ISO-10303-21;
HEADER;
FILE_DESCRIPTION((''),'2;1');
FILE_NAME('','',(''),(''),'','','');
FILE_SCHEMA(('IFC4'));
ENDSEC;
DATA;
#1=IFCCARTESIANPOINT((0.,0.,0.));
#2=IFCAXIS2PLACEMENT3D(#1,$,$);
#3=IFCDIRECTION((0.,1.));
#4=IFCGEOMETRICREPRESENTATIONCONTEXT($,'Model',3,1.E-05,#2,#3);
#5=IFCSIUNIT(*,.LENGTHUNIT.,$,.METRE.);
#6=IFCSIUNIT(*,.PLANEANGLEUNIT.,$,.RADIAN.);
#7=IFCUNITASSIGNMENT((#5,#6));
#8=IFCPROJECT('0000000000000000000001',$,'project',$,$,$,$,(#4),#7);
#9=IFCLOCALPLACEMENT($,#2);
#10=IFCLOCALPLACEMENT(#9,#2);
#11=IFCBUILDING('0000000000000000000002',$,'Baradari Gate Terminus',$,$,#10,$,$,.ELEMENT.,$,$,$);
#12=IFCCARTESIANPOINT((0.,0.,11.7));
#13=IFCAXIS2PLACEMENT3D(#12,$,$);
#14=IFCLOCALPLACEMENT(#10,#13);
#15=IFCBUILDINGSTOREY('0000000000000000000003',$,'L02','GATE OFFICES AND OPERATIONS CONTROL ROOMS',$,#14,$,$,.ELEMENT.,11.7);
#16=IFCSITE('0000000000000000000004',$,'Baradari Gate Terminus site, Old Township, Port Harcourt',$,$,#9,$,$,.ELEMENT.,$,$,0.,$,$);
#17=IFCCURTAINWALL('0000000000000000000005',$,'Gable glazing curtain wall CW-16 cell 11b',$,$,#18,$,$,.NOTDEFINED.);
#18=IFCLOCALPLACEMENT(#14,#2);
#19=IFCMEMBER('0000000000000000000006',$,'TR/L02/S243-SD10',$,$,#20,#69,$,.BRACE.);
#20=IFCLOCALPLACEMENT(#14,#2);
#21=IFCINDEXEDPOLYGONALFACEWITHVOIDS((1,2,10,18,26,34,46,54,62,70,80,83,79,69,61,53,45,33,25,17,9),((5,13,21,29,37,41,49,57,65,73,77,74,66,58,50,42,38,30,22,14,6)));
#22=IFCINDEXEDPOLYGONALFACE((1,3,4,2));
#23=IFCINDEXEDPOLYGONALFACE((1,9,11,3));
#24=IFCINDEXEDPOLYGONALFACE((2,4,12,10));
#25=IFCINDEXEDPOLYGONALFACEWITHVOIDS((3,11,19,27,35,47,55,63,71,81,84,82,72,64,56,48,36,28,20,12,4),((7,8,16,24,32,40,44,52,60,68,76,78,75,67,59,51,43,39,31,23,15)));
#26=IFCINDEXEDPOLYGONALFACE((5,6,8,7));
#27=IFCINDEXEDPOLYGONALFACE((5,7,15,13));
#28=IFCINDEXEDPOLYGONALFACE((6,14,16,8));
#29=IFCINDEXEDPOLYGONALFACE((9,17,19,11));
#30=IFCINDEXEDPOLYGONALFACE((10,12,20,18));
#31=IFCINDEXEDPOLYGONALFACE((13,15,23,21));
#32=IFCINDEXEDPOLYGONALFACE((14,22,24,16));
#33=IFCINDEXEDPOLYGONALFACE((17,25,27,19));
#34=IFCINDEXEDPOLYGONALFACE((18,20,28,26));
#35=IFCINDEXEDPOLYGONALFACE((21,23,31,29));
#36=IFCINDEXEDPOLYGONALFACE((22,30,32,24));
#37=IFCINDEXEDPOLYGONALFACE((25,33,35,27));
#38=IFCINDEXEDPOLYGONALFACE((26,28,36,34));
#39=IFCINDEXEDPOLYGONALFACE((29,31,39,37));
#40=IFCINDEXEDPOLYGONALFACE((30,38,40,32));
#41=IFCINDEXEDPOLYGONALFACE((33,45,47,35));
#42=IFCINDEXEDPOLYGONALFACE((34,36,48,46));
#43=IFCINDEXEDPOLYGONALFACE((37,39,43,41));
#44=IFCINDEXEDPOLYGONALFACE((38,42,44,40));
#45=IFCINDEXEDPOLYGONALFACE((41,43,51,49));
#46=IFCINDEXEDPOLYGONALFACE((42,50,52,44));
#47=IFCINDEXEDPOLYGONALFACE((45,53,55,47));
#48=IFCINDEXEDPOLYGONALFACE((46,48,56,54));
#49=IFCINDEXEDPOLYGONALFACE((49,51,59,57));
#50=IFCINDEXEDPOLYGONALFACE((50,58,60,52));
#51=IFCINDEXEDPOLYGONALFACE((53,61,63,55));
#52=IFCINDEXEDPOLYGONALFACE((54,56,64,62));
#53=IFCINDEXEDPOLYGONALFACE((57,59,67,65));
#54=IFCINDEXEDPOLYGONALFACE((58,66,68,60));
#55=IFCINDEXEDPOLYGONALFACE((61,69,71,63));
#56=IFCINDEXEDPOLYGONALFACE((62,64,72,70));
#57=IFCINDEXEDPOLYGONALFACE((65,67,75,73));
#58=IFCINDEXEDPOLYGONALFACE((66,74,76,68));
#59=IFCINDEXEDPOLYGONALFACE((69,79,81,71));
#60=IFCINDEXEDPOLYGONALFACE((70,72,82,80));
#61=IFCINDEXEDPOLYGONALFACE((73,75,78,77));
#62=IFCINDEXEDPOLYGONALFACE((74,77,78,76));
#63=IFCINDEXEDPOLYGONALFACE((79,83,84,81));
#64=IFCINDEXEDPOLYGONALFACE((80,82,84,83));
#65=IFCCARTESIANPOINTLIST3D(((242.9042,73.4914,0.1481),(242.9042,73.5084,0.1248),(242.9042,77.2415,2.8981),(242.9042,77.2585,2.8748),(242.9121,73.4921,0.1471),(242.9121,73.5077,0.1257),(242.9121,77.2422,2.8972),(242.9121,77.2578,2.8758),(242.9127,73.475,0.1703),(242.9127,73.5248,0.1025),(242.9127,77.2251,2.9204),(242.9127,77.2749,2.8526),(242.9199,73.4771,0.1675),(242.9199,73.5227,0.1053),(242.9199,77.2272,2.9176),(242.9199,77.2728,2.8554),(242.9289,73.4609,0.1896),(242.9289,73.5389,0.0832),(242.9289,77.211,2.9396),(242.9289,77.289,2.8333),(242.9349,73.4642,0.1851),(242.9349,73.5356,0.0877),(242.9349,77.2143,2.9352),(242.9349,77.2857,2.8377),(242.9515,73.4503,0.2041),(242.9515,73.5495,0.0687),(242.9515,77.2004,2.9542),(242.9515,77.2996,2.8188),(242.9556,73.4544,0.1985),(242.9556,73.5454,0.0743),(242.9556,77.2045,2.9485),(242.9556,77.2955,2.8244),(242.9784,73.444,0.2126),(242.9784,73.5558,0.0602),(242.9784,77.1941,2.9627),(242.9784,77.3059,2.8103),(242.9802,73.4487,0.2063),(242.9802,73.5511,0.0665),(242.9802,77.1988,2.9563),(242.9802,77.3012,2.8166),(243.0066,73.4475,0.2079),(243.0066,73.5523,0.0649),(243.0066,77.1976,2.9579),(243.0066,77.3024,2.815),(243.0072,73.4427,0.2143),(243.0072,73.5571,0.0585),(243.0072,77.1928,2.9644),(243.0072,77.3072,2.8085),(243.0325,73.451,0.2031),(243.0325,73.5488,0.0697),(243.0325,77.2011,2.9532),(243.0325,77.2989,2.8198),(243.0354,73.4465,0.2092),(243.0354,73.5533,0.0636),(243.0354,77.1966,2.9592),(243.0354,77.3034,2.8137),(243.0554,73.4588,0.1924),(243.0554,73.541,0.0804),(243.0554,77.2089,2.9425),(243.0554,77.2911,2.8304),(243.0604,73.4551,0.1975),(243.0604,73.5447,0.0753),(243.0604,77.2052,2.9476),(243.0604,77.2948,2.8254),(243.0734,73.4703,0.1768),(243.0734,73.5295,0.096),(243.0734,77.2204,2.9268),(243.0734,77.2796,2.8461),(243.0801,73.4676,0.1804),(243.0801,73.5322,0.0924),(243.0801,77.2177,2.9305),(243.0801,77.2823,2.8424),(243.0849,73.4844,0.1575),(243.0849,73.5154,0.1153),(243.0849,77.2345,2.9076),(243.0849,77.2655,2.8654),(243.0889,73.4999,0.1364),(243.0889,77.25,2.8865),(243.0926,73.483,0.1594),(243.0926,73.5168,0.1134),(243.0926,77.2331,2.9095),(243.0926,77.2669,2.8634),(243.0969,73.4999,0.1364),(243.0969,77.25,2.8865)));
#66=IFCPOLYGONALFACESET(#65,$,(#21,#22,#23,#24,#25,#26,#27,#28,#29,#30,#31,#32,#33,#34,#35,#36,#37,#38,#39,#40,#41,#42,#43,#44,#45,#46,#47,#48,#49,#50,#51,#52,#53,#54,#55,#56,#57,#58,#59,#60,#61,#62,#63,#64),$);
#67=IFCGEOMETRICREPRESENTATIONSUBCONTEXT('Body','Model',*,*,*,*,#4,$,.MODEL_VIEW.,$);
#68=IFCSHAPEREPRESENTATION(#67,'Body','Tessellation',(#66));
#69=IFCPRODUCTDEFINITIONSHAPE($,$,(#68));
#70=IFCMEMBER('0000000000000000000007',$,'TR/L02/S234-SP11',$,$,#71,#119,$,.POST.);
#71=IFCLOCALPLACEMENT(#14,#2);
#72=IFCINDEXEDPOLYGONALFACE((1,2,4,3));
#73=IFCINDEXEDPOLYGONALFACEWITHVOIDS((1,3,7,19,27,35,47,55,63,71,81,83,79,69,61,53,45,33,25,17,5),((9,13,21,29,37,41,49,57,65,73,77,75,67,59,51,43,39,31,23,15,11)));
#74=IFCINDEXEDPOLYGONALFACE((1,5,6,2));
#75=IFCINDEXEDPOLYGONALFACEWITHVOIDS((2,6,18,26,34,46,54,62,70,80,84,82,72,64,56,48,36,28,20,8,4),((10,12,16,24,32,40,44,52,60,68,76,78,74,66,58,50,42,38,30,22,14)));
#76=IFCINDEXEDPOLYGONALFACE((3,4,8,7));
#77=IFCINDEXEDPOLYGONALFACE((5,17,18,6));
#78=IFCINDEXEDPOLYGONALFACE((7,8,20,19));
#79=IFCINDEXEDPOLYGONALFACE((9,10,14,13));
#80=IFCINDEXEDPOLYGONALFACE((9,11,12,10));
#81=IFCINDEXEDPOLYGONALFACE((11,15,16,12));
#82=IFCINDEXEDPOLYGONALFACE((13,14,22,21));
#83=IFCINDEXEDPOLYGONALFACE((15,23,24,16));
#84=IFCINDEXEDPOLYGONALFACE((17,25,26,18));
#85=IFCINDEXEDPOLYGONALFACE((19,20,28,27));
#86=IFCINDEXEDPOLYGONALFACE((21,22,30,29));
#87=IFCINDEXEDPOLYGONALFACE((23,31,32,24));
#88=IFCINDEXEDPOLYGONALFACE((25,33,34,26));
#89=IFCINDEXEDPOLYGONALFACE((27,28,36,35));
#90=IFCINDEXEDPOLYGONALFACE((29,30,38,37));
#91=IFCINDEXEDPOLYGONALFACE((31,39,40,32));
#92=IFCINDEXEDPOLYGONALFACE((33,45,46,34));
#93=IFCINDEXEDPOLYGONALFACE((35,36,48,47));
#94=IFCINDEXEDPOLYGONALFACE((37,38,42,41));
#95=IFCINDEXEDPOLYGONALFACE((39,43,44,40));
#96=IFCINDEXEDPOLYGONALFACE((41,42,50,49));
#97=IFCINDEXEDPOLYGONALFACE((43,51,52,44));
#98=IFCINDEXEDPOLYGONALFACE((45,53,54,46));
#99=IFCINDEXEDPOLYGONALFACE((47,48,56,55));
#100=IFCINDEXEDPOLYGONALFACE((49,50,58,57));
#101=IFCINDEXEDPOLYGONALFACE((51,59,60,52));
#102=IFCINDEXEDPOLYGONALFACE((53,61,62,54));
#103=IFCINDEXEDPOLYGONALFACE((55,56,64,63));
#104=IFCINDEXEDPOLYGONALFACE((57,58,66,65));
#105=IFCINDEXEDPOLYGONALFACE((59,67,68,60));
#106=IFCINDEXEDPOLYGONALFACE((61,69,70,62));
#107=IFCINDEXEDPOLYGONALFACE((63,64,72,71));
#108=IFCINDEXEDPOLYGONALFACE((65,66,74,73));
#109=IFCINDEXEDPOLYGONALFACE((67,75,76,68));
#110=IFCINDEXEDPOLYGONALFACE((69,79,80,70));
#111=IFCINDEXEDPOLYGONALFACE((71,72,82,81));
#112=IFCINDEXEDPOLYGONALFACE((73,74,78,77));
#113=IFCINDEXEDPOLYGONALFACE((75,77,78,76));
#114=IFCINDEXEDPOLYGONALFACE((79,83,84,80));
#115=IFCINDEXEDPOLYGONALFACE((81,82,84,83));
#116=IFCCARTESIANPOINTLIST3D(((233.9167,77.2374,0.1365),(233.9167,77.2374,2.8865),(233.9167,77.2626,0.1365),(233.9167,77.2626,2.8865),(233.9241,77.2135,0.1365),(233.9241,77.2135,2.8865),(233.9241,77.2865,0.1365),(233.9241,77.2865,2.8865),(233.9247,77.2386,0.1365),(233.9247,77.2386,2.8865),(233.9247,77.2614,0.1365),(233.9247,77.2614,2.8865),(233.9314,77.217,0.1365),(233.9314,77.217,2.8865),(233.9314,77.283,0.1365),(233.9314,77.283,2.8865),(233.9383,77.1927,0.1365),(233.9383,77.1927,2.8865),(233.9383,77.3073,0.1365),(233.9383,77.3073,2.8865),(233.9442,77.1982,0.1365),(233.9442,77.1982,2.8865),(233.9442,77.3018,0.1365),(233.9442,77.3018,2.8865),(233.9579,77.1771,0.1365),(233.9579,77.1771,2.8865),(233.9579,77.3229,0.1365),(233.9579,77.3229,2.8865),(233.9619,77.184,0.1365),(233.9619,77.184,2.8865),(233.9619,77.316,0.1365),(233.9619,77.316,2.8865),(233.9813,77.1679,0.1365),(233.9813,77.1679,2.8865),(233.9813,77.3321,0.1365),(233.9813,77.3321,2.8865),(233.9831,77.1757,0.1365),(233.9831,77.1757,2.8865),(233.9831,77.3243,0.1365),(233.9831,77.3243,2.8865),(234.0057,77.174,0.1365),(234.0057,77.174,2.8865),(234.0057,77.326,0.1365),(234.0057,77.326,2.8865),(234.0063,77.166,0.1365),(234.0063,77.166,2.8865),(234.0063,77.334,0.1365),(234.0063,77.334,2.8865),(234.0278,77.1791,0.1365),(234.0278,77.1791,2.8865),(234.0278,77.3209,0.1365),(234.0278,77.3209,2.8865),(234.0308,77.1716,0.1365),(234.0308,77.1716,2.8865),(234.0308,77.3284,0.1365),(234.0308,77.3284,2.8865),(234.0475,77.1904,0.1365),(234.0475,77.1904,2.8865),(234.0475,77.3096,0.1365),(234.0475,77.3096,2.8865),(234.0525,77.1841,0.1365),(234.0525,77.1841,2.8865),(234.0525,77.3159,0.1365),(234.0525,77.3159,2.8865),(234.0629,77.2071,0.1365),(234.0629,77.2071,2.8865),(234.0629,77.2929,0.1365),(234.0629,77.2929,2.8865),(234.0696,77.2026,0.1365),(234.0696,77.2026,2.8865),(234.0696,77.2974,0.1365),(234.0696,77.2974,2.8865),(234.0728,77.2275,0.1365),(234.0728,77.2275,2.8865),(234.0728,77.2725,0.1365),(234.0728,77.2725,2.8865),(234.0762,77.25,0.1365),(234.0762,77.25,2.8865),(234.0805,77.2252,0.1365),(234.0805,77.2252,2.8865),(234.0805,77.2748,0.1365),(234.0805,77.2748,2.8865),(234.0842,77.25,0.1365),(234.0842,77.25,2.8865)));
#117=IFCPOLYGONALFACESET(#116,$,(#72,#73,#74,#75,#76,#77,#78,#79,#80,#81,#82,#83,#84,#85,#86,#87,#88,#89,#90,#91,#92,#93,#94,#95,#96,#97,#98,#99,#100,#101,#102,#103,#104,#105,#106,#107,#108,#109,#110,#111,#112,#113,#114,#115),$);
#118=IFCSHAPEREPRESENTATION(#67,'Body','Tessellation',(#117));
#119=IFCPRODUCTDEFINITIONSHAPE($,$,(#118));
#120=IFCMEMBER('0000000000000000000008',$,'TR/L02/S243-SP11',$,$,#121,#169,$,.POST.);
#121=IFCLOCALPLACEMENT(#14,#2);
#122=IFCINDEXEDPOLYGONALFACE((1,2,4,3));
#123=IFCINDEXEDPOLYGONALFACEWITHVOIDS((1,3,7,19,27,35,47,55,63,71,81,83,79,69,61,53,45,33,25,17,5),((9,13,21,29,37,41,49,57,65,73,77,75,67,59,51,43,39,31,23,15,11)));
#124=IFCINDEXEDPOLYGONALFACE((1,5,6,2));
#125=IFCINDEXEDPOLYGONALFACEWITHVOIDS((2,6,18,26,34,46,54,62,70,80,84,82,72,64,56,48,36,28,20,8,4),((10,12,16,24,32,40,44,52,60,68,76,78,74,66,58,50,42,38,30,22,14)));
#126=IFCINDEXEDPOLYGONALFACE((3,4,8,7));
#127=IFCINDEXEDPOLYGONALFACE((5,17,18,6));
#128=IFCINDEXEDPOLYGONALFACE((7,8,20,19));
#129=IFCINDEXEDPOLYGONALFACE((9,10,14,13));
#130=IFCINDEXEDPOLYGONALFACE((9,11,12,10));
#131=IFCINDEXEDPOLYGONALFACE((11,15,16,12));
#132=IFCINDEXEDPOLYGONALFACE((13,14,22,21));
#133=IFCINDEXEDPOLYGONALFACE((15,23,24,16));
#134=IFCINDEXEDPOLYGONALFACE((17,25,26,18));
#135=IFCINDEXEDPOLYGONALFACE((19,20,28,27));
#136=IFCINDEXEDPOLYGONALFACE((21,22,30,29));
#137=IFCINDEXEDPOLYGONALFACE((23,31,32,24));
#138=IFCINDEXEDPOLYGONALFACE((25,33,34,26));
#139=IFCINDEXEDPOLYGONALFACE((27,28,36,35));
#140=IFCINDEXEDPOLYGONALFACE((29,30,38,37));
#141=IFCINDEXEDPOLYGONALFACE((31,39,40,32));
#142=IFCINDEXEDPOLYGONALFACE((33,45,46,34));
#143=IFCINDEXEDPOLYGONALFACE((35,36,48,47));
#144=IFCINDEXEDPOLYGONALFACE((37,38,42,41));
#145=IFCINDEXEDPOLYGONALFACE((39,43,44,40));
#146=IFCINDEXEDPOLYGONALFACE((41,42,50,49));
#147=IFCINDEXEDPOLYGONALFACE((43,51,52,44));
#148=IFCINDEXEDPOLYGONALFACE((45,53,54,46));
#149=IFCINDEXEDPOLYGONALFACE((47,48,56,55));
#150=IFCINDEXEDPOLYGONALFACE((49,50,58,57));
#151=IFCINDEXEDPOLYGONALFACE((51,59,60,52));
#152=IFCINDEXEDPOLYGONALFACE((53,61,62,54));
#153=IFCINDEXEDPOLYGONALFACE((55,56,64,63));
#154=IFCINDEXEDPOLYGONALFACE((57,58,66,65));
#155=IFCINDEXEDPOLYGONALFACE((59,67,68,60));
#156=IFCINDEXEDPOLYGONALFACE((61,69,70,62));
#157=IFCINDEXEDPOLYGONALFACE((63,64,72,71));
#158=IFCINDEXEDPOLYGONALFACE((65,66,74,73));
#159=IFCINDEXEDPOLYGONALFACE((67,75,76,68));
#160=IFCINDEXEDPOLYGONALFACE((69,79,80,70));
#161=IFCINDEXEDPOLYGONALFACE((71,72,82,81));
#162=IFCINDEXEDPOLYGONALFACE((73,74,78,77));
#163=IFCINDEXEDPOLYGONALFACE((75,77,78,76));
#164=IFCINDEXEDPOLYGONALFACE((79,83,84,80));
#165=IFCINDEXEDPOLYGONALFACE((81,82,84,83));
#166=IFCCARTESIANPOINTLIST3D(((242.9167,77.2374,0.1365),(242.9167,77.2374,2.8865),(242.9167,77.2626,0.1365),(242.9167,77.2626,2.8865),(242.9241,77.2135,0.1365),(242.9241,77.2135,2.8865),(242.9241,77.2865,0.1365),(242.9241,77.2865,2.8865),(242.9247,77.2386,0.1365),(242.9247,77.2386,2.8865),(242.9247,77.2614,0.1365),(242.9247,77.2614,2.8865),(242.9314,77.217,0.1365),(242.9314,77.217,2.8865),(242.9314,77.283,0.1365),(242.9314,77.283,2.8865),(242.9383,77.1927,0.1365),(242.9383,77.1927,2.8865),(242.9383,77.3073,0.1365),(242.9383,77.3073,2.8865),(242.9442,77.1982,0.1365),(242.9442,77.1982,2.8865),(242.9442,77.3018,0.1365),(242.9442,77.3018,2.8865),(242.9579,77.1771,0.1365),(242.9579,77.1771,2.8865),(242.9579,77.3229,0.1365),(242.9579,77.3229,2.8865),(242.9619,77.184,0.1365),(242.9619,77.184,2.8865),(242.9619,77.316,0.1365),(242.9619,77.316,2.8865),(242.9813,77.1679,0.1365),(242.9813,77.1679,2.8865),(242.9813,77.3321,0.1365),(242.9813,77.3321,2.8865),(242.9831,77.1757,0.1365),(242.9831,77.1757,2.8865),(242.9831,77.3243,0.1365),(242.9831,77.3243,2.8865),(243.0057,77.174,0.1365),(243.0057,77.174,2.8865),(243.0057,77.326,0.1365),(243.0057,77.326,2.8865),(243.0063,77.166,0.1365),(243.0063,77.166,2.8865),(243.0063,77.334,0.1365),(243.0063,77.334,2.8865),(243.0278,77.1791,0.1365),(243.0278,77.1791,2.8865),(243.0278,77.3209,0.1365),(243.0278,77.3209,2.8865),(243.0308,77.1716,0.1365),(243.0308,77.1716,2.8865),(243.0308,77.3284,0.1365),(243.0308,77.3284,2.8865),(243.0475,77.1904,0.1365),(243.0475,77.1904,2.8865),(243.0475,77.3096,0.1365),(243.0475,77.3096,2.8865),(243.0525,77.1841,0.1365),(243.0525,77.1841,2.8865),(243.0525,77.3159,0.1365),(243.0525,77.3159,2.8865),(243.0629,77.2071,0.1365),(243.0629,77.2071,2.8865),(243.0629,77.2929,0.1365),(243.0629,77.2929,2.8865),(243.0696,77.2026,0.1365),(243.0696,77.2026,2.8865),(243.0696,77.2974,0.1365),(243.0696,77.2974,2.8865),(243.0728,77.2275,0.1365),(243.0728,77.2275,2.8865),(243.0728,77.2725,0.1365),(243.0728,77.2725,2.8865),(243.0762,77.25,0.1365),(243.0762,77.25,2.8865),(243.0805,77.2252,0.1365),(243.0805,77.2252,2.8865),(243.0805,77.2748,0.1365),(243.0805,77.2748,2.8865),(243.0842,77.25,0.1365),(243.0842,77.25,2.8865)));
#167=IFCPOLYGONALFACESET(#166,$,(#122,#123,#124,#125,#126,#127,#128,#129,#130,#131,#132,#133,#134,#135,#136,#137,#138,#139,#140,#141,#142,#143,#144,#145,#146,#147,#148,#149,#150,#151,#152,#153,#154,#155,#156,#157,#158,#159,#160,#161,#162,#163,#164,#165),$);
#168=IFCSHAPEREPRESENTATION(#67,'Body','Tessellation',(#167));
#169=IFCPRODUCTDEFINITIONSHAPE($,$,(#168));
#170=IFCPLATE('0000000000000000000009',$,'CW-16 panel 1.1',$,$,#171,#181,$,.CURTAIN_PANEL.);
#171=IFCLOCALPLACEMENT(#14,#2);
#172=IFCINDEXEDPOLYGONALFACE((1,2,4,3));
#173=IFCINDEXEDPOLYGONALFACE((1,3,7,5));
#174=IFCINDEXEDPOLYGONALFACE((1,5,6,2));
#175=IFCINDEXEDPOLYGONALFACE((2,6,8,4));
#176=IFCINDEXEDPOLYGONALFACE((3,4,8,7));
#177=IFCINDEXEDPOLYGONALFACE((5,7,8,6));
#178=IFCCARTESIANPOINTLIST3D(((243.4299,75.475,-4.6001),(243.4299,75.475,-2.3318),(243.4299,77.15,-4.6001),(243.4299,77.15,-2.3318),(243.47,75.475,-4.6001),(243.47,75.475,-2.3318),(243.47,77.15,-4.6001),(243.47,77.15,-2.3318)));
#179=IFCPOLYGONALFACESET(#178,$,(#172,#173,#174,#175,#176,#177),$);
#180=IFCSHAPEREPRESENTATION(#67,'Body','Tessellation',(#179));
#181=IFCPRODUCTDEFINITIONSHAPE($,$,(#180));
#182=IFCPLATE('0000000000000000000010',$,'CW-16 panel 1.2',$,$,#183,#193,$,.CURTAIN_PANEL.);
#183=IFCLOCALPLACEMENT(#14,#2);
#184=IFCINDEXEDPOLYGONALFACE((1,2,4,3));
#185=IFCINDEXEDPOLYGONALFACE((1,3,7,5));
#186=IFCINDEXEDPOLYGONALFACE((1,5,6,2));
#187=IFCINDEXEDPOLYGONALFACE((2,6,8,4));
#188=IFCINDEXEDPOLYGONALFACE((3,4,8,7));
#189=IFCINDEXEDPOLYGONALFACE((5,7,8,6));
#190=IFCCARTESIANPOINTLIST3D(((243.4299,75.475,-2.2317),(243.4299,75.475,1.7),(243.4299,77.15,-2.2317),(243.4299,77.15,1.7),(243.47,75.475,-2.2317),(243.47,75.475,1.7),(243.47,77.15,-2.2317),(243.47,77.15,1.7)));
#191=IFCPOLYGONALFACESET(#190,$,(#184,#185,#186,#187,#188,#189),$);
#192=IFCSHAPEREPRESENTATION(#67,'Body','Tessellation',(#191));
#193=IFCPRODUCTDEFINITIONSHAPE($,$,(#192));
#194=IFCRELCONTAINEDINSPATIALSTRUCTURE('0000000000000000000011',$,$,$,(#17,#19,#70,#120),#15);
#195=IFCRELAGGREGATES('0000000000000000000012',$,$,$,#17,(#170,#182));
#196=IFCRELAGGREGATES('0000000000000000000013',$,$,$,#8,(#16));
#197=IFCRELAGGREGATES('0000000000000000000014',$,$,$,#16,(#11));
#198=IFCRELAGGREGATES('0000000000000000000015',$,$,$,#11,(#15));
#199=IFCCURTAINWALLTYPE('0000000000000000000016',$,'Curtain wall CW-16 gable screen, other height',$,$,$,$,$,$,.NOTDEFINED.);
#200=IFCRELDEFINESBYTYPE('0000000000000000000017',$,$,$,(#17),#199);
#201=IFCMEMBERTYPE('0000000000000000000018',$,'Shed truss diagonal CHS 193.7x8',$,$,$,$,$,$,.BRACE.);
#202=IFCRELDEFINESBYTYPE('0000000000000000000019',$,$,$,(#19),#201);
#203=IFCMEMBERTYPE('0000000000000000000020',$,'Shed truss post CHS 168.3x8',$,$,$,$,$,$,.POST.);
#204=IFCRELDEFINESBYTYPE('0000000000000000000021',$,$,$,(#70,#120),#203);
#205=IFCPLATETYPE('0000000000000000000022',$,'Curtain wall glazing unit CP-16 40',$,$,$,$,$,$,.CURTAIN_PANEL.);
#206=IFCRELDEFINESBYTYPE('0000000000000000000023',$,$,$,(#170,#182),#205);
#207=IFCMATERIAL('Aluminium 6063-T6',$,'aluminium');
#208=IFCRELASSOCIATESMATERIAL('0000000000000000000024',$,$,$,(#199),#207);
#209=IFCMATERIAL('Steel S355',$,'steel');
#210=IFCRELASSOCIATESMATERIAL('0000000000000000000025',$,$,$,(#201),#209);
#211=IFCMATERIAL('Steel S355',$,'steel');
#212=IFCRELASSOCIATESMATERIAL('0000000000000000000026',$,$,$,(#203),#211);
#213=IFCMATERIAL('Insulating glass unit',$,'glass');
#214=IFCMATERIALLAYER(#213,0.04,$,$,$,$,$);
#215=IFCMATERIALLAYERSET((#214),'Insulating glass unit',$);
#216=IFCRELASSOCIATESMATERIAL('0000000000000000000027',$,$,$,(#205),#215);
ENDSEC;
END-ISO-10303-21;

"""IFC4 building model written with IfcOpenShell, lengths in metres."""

from ifc_helpers import new_model, si_unit, direction, frame, origin, origin_2d, place, context, subcontext, project, spatial, rectangle, hollow_circle, extrude, material, layer, layer_set, material_profile, profile_set, type_object, element, aggregate, save


model = new_model("IFC4")

# Units and contexts
model_context = context("Model", 3, precision=1e-05, world=origin(), true_north=direction((0.0, 1.0)))
body_context = subcontext(model_context, "Body", "Model", "MODEL_VIEW")
ifc_project = project(units=[si_unit("LENGTHUNIT", "METRE"), si_unit("PLANEANGLEUNIT", "RADIAN")], contexts=[model_context])

# Site, building, storey
site_placement = place(None, origin())
site = spatial("IfcSite", under=ifc_project, at=site_placement, Name="Baradari Gate Terminus site, Old Township, Port Harcourt", CompositionType="ELEMENT", RefElevation=0.0)
building_placement = place(site_placement, origin())
building = spatial("IfcBuilding", under=site, at=building_placement, Name="Baradari Gate Terminus", CompositionType="ELEMENT")
storey_placement = place(building_placement, frame((0.0, 0.0, 11.7)))
storey = spatial("IfcBuildingStorey", under=building, at=storey_placement, Name="L02", Description="GATE OFFICES AND OPERATIONS CONTROL ROOMS", CompositionType="ELEMENT", Elevation=11.7)

# Curtain wall
ifc_material_1 = material(Name="Aluminium 6063-T6", Category="aluminium")
curtain_wall_type_1 = type_object("IfcCurtainWallType", Name="Curtain wall CW-16 gable screen, other height", PredefinedType="NOTDEFINED", material=ifc_material_1)
curtain_wall_1_placement = place(storey_placement, origin())
curtain_wall_1 = element("IfcCurtainWall", 1, at=curtain_wall_1_placement, inside=storey, type_object=curtain_wall_type_1, Name="Gable glazing curtain wall CW-16 cell 11b", PredefinedType="NOTDEFINED")

# Members
ifc_material_2 = material(Name="Steel S355", Category="steel")
ifc_material_profile_1 = material_profile(ifc_material_2, hollow_circle(Radius=0.0969, WallThickness=0.0081, at=origin_2d()), Name="CHS 193.7x8")
ifc_profile_set_1 = profile_set([ifc_material_profile_1], Name="Steel S355")
member_type_1 = type_object("IfcMemberType", Name="Shed truss diagonal CHS 193.7x8", PredefinedType="BRACE", material=ifc_profile_set_1)
for number, where, z_axis, x_axis, name in (
    (2, (243.0, 77.25, 2.8865), (0.0, -0.806405, -0.591364), (1.0, 0.0, 0.0), "TR/L02/S243-SD10"),
):
    element("IfcMember", number, at=place(storey_placement, frame(where, z_axis=z_axis, x_axis=x_axis)), inside=storey, type_object=member_type_1, Name=name, PredefinedType="BRACE", context=body_context, shape_type="SweptSolid", body=[
        extrude(hollow_circle(Radius=0.0969, WallThickness=0.0081, at=origin_2d()), origin(), (0.0, 0.0, 1.0), 4.6504),
    ])
ifc_material_3 = material(Name="Steel S355", Category="steel")
ifc_material_profile_2 = material_profile(ifc_material_3, hollow_circle(Radius=0.0842, WallThickness=0.0081, at=origin_2d()), Name="CHS 168.3x8")
ifc_profile_set_2 = profile_set([ifc_material_profile_2], Name="Steel S355")
member_type_2 = type_object("IfcMemberType", Name="Shed truss post CHS 168.3x8", PredefinedType="POST", material=ifc_profile_set_2)
for number, where, z_axis, x_axis, name in (
    (3, (234.0, 77.25, 0.1365), (0.0, 0.0, 1.0), (1.0, 0.0, 0.0), "TR/L02/S234-SP11"),
    (4, (243.0, 77.25, 0.1365), (0.0, 0.0, 1.0), (1.0, 0.0, 0.0), "TR/L02/S243-SP11"),
):
    element("IfcMember", number, at=place(storey_placement, frame(where, z_axis=z_axis, x_axis=x_axis)), inside=storey, type_object=member_type_2, Name=name, PredefinedType="POST", context=body_context, shape_type="SweptSolid", body=[
        extrude(hollow_circle(Radius=0.0842, WallThickness=0.0081, at=origin_2d()), origin(), (0.0, 0.0, 1.0), 2.75),
    ])

# Plates
ifc_material_4 = material(Name="Insulating glass unit", Category="glass")
ifc_layer_1 = layer(ifc_material_4, 0.04)
ifc_layer_set_1 = layer_set([ifc_layer_1], Name="Insulating glass unit")
plate_type_1 = type_object("IfcPlateType", Name="Curtain wall glazing unit CP-16 40", PredefinedType="CURTAIN_PANEL", material=ifc_layer_set_1)
plate_1_placement = place(storey_placement, frame((243.45, 76.3125, -4.6001), z_axis=(0.0, 0.0, 1.0), x_axis=(0.0, 1.0, 0.0)))
plate_1 = element("IfcPlate", 5, at=plate_1_placement, type_object=plate_type_1, Name="CW-16 panel 1.1", PredefinedType="CURTAIN_PANEL", context=body_context, shape_type="SweptSolid", body=[
    extrude(rectangle(XDim=1.675, YDim=0.04, at=origin_2d()), origin(), (0.0, 0.0, 1.0), 2.2683),
])
plate_2_placement = place(storey_placement, frame((243.45, 76.3125, -2.2317), z_axis=(0.0, 0.0, 1.0), x_axis=(0.0, 1.0, 0.0)))
plate_2 = element("IfcPlate", 6, at=plate_2_placement, type_object=plate_type_1, Name="CW-16 panel 1.2", PredefinedType="CURTAIN_PANEL", context=body_context, shape_type="SweptSolid", body=[
    extrude(rectangle(XDim=1.675, YDim=0.04, at=origin_2d()), origin(), (0.0, 0.0, 1.0), 3.9316),
])
aggregate(curtain_wall_1, [plate_1, plate_2])

save(model, "model.ifc")
